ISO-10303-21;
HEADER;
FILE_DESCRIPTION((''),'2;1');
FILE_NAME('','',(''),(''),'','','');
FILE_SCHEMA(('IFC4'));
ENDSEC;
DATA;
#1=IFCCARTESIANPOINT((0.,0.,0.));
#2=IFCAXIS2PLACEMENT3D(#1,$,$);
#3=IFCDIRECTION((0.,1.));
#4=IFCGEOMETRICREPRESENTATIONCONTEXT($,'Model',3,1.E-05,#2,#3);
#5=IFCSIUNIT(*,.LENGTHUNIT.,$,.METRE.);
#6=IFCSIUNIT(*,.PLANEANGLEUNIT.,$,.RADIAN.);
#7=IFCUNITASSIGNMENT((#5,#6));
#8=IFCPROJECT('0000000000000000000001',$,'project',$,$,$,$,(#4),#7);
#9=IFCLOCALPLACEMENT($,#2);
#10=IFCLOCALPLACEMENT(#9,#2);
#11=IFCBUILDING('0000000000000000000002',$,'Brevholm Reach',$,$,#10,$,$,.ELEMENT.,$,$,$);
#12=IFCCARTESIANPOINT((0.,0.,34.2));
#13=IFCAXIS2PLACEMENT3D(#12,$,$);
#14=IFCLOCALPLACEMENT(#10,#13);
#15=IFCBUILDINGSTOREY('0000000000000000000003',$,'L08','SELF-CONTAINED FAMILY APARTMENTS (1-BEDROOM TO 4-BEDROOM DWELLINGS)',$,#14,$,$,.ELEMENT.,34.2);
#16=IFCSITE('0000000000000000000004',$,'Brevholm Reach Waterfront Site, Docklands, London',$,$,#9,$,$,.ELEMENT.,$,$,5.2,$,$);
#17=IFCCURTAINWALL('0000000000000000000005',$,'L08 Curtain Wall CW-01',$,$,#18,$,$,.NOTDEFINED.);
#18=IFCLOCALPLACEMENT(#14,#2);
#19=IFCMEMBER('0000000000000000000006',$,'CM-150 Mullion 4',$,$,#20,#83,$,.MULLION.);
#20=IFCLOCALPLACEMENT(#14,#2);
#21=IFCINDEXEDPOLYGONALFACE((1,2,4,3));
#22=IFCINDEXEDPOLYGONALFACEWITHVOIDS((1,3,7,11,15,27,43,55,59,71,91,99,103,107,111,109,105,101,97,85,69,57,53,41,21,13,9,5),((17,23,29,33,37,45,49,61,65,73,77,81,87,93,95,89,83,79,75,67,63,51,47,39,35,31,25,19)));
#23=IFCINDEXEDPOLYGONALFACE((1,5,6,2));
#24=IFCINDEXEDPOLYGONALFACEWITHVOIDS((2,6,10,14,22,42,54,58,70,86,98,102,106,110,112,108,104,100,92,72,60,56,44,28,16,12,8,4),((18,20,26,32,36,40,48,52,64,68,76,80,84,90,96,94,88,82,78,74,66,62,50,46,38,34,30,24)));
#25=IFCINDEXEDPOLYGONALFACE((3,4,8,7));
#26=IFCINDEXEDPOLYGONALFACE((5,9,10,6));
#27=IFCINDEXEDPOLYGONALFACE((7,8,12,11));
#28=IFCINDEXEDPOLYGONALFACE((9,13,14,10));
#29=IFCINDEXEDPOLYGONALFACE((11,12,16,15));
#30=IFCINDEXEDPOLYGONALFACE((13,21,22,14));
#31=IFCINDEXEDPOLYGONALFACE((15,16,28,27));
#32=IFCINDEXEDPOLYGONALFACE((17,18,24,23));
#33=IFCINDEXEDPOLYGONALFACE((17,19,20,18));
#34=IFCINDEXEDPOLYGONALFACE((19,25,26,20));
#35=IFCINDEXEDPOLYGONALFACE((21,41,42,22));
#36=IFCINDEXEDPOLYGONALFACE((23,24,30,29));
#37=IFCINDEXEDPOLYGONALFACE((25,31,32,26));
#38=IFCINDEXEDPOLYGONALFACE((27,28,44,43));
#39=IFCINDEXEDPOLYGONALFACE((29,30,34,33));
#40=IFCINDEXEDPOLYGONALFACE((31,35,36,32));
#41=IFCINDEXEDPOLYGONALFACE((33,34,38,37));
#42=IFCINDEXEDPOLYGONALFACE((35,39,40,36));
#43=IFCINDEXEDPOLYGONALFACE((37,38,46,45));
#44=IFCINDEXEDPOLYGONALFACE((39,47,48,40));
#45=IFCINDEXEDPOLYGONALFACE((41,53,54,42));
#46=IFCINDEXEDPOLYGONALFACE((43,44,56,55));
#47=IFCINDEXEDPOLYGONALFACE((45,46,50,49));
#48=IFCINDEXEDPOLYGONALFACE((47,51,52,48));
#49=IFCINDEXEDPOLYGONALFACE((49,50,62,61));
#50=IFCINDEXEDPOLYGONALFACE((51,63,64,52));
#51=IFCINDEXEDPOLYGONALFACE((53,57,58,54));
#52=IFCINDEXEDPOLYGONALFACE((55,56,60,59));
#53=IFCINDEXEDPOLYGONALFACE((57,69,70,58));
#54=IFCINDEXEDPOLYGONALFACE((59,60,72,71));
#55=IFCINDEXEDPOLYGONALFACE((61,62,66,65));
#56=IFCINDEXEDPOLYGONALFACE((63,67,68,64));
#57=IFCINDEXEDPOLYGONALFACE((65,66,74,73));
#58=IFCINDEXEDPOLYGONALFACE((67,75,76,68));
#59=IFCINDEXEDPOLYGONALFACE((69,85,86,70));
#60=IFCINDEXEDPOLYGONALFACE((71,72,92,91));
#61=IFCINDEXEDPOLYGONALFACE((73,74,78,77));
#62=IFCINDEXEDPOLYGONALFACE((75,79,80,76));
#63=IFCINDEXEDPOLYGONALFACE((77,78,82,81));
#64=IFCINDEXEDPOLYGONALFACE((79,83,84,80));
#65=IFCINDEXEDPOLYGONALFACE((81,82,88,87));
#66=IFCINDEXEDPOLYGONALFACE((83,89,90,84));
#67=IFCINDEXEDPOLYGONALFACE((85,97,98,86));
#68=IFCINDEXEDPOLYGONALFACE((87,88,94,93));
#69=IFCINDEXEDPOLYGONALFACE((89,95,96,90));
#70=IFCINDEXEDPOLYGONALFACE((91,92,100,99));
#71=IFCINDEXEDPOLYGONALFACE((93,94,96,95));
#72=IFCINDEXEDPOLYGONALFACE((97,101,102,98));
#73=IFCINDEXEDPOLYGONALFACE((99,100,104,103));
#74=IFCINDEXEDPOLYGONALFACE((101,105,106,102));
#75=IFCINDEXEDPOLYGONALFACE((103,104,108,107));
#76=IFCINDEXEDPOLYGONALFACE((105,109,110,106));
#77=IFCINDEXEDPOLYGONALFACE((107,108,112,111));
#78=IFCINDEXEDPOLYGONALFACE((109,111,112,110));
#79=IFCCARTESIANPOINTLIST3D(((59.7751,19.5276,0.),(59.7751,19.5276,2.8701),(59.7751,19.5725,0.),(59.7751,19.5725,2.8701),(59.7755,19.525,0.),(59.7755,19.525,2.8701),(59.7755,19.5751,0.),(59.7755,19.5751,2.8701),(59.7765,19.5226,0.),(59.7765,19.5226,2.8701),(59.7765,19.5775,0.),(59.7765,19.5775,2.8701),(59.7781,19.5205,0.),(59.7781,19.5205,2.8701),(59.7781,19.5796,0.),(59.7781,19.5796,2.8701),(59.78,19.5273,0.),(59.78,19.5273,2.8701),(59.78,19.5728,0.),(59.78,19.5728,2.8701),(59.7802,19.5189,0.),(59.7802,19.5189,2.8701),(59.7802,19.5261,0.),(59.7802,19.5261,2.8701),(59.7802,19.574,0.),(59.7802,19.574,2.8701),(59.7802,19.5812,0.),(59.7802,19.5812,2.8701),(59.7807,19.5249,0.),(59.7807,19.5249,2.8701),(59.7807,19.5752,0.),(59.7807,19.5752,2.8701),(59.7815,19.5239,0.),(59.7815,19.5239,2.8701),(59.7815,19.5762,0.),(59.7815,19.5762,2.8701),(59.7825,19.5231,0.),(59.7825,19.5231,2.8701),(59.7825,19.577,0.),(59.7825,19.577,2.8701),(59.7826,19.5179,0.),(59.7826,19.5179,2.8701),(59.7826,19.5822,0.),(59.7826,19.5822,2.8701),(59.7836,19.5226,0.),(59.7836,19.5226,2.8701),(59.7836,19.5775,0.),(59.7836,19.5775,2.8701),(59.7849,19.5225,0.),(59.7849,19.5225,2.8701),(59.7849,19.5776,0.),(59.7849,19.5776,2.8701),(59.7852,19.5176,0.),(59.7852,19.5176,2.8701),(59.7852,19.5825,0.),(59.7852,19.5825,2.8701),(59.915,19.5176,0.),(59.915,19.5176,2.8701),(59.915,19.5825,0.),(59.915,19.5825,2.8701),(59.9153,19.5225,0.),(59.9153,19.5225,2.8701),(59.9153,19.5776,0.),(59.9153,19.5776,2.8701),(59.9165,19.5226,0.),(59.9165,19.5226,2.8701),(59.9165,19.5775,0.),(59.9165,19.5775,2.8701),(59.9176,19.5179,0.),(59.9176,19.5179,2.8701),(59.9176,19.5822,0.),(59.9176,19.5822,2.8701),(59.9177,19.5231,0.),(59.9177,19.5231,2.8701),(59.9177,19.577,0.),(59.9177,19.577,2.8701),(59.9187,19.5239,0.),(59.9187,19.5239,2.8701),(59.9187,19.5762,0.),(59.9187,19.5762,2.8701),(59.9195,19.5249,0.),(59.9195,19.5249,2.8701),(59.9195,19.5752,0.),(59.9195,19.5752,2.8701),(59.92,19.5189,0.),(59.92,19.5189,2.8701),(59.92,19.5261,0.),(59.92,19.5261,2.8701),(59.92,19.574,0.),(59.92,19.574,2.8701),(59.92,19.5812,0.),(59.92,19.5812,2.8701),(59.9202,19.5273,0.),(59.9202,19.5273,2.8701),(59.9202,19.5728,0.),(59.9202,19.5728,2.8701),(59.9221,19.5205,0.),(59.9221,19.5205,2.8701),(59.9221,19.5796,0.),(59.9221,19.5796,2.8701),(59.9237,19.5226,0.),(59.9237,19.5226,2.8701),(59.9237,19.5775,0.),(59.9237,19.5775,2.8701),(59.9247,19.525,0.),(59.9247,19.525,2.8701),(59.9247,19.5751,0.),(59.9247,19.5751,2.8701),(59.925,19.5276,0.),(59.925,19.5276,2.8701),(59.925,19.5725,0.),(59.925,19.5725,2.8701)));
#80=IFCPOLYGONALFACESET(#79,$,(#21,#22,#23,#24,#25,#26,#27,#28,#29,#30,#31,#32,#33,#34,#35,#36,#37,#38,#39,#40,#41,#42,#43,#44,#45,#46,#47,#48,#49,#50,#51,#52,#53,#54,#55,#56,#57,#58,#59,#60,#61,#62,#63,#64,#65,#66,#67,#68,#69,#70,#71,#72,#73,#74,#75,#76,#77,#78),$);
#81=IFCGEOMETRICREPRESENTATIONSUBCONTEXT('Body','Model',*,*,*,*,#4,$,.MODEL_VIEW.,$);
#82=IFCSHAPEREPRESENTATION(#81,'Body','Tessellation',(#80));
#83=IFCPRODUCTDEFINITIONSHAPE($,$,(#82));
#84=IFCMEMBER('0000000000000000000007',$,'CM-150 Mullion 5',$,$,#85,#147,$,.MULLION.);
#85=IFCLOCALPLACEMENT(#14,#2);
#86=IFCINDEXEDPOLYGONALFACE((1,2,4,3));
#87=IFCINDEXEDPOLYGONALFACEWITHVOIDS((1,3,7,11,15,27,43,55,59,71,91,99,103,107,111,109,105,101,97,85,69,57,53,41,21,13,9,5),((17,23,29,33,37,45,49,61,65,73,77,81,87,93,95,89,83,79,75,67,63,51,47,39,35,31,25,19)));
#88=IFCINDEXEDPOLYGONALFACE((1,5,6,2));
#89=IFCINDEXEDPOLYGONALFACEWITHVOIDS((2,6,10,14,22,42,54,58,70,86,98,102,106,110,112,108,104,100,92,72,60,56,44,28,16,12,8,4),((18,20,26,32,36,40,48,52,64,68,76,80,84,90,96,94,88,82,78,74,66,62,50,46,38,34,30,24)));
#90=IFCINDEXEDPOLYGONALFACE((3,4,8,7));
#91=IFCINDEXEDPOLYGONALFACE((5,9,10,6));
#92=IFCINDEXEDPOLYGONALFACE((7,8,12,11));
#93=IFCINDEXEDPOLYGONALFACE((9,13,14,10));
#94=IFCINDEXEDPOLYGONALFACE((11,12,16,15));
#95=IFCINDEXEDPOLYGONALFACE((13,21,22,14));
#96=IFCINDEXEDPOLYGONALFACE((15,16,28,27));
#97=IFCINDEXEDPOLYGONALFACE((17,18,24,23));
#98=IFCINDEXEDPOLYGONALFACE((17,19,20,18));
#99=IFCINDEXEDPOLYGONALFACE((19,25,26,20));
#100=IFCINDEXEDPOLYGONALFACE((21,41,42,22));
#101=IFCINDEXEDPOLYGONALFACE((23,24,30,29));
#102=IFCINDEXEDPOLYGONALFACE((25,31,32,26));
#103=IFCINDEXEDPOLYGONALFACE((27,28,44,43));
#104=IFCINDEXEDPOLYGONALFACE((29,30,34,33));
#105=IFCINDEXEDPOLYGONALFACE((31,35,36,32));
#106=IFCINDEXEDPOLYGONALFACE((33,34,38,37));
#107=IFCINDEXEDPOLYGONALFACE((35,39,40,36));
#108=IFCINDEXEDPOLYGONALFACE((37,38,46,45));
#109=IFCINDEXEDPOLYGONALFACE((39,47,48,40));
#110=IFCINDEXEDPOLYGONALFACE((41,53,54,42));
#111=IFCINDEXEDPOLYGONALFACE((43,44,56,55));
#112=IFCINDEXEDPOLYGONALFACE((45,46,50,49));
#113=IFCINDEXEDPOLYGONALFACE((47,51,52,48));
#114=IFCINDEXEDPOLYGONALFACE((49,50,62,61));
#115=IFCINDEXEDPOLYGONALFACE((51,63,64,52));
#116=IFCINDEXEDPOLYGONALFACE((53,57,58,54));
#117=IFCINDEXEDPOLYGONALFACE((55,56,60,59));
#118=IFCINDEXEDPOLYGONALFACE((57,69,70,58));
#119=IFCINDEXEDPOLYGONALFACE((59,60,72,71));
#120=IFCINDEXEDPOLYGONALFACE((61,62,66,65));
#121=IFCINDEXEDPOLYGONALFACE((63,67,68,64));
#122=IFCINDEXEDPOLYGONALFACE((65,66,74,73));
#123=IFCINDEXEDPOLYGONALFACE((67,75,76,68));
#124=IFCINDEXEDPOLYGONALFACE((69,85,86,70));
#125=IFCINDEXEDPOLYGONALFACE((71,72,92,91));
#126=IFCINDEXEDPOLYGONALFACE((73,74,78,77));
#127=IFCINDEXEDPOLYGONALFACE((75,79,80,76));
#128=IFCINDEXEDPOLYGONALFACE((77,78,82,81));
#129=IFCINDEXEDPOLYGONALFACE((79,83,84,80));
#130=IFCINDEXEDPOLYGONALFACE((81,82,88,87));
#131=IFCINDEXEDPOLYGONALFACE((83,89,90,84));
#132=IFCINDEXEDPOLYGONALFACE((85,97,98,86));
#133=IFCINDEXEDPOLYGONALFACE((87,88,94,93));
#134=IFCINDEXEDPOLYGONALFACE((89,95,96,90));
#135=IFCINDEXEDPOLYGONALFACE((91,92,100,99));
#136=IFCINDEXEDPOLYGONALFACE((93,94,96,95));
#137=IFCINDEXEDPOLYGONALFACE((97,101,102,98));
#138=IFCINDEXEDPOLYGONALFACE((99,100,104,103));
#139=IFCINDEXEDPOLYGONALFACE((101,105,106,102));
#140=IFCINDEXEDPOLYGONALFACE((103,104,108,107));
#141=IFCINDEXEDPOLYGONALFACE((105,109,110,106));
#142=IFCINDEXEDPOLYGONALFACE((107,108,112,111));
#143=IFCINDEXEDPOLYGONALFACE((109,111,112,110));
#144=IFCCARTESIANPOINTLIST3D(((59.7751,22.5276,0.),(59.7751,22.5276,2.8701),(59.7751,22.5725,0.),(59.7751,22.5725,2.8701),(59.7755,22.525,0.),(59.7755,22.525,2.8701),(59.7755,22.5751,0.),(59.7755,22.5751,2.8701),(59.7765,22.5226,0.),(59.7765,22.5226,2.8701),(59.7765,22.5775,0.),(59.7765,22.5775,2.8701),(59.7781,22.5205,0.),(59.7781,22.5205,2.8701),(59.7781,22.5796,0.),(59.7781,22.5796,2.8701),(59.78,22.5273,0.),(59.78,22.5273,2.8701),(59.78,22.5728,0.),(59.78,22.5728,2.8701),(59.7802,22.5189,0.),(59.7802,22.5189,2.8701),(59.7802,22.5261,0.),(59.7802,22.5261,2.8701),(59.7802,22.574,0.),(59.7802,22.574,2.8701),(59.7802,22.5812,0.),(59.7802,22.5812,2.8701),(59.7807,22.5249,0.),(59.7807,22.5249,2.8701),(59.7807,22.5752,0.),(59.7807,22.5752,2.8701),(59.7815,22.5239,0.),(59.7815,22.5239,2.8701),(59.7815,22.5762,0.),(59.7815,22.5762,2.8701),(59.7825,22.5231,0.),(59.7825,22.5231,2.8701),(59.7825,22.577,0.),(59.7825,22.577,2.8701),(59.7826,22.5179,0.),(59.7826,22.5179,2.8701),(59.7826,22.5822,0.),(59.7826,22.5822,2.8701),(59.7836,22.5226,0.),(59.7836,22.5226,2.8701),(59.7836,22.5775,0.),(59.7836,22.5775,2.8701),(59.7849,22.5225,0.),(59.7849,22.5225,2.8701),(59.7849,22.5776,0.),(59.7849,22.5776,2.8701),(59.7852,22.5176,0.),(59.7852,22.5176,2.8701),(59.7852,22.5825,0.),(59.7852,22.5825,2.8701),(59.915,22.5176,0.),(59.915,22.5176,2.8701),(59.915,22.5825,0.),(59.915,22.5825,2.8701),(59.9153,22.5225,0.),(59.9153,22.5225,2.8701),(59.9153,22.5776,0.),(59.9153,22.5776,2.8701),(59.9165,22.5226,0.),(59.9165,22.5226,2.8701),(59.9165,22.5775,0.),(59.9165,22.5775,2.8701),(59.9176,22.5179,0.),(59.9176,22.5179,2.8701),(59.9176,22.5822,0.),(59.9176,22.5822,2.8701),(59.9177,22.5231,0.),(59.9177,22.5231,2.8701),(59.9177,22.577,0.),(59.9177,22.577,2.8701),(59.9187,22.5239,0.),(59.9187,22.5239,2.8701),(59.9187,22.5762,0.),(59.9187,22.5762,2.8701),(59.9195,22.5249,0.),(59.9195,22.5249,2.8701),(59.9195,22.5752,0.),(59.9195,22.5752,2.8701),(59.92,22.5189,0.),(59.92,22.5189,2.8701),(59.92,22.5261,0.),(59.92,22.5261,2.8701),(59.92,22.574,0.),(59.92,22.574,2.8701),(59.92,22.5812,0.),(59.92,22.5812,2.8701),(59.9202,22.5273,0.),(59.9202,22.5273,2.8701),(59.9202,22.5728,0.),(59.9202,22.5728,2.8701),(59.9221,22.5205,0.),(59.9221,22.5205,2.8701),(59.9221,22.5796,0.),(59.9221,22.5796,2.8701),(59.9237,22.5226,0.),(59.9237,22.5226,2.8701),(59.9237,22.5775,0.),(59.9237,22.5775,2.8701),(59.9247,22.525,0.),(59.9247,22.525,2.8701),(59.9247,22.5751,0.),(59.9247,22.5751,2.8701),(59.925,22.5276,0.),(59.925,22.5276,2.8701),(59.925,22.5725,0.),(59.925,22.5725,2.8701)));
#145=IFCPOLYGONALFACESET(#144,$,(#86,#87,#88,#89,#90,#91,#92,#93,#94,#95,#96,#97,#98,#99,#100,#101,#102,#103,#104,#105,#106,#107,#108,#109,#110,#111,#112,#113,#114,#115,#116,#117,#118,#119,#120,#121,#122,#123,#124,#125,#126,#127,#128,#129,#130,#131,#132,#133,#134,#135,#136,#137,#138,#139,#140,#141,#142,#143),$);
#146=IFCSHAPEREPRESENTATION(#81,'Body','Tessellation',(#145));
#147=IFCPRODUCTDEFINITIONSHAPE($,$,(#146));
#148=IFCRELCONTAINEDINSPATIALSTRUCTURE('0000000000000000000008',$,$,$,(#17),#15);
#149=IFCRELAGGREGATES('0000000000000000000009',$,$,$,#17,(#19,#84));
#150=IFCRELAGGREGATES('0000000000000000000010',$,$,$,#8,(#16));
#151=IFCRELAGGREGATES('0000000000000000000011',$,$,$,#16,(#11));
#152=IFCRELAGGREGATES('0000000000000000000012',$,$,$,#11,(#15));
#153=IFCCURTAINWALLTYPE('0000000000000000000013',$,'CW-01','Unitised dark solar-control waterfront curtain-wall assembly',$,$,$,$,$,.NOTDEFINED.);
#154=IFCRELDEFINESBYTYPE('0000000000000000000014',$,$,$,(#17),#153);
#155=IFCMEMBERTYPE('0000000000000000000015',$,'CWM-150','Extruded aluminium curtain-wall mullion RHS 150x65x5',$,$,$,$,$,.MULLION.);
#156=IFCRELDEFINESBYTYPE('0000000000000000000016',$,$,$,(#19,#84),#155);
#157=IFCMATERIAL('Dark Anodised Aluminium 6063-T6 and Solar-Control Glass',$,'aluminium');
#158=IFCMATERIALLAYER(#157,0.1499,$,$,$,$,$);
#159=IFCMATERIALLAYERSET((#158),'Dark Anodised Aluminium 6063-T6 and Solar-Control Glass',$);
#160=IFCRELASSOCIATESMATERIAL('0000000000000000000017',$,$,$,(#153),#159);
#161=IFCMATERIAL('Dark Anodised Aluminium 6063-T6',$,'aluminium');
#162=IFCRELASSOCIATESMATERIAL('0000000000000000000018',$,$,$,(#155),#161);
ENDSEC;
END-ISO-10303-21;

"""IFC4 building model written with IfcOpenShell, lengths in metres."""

from ifc_helpers import new_model, si_unit, direction, frame, origin, origin_2d, place, context, subcontext, project, spatial, hollow_rectangle, extrude, material, layer, layer_set, material_profile, profile_set, type_object, element, aggregate, save


model = new_model("IFC4")

# Units and contexts
model_context = context("Model", 3, precision=1e-05, world=origin(), true_north=direction((0.0, 1.0)))
body_context = subcontext(model_context, "Body", "Model", "MODEL_VIEW")
ifc_project = project(units=[si_unit("LENGTHUNIT", "METRE"), si_unit("PLANEANGLEUNIT", "RADIAN")], contexts=[model_context])

# Site, building, storey
site_placement = place(None, origin())
site = spatial("IfcSite", under=ifc_project, at=site_placement, Name="Brevholm Reach Waterfront Site, Docklands, London", CompositionType="ELEMENT", RefElevation=5.2)
building_placement = place(site_placement, origin())
building = spatial("IfcBuilding", under=site, at=building_placement, Name="Brevholm Reach", CompositionType="ELEMENT")
storey_placement = place(building_placement, frame((0.0, 0.0, 34.2)))
storey = spatial("IfcBuildingStorey", under=building, at=storey_placement, Name="L08", Description="SELF-CONTAINED FAMILY APARTMENTS (1-BEDROOM TO 4-BEDROOM DWELLINGS)", CompositionType="ELEMENT", Elevation=34.2)

# Curtain wall, members
ifc_material_1 = material(Name="Dark Anodised Aluminium 6063-T6 and Solar-Control Glass", Category="aluminium")
ifc_layer_1 = layer(ifc_material_1, 0.1499)
ifc_layer_set_1 = layer_set([ifc_layer_1], Name="Dark Anodised Aluminium 6063-T6 and Solar-Control Glass")
curtain_wall_type = type_object("IfcCurtainWallType", Name="CW-01", Description="Unitised dark solar-control waterfront curtain-wall assembly", PredefinedType="NOTDEFINED", material=ifc_layer_set_1)
curtain_wall_placement = place(storey_placement, origin())
curtain_wall = element("IfcCurtainWall", 1, at=curtain_wall_placement, inside=storey, type_object=curtain_wall_type, Name="L08 Curtain Wall CW-01", PredefinedType="NOTDEFINED")
ifc_material_2 = material(Name="Dark Anodised Aluminium 6063-T6", Category="aluminium")
ifc_material_profile_1 = material_profile(ifc_material_2, hollow_rectangle(XDim=0.0649, YDim=0.1499, WallThickness=0.0049, InnerFilletRadius=0.0049, OuterFilletRadius=0.01, at=origin_2d()), Name="RHS 150x65x5")
ifc_profile_set_1 = profile_set([ifc_material_profile_1], Name="Dark Anodised Aluminium 6063-T6")
member_type_1 = type_object("IfcMemberType", Name="CWM-150", Description="Extruded aluminium curtain-wall mullion RHS 150x65x5", PredefinedType="MULLION", material=ifc_profile_set_1)
member_1_placement = place(storey_placement, frame((59.8501, 19.55, 0.0), z_axis=(0.0, 0.0, 1.0), x_axis=(0.0, 1.0, 0.0)))
member_1 = element("IfcMember", 2, at=member_1_placement, type_object=member_type_1, Name="CM-150 Mullion 4", PredefinedType="MULLION", context=body_context, shape_type="SweptSolid", body=[
    extrude(hollow_rectangle(XDim=0.0649, YDim=0.1499, WallThickness=0.0049, InnerFilletRadius=0.0049, OuterFilletRadius=0.01, at=origin_2d()), origin(), (0.0, 0.0, 1.0), 2.8701),
])
member_2_placement = place(storey_placement, frame((59.8501, 22.55, 0.0), z_axis=(0.0, 0.0, 1.0), x_axis=(0.0, 1.0, 0.0)))
member_2 = element("IfcMember", 3, at=member_2_placement, type_object=member_type_1, Name="CM-150 Mullion 5", PredefinedType="MULLION", context=body_context, shape_type="SweptSolid", body=[
    extrude(hollow_rectangle(XDim=0.0649, YDim=0.1499, WallThickness=0.0049, InnerFilletRadius=0.0049, OuterFilletRadius=0.01, at=origin_2d()), origin(), (0.0, 0.0, 1.0), 2.8701),
])
aggregate(curtain_wall, [member_1, member_2])

save(model, "model.ifc")
